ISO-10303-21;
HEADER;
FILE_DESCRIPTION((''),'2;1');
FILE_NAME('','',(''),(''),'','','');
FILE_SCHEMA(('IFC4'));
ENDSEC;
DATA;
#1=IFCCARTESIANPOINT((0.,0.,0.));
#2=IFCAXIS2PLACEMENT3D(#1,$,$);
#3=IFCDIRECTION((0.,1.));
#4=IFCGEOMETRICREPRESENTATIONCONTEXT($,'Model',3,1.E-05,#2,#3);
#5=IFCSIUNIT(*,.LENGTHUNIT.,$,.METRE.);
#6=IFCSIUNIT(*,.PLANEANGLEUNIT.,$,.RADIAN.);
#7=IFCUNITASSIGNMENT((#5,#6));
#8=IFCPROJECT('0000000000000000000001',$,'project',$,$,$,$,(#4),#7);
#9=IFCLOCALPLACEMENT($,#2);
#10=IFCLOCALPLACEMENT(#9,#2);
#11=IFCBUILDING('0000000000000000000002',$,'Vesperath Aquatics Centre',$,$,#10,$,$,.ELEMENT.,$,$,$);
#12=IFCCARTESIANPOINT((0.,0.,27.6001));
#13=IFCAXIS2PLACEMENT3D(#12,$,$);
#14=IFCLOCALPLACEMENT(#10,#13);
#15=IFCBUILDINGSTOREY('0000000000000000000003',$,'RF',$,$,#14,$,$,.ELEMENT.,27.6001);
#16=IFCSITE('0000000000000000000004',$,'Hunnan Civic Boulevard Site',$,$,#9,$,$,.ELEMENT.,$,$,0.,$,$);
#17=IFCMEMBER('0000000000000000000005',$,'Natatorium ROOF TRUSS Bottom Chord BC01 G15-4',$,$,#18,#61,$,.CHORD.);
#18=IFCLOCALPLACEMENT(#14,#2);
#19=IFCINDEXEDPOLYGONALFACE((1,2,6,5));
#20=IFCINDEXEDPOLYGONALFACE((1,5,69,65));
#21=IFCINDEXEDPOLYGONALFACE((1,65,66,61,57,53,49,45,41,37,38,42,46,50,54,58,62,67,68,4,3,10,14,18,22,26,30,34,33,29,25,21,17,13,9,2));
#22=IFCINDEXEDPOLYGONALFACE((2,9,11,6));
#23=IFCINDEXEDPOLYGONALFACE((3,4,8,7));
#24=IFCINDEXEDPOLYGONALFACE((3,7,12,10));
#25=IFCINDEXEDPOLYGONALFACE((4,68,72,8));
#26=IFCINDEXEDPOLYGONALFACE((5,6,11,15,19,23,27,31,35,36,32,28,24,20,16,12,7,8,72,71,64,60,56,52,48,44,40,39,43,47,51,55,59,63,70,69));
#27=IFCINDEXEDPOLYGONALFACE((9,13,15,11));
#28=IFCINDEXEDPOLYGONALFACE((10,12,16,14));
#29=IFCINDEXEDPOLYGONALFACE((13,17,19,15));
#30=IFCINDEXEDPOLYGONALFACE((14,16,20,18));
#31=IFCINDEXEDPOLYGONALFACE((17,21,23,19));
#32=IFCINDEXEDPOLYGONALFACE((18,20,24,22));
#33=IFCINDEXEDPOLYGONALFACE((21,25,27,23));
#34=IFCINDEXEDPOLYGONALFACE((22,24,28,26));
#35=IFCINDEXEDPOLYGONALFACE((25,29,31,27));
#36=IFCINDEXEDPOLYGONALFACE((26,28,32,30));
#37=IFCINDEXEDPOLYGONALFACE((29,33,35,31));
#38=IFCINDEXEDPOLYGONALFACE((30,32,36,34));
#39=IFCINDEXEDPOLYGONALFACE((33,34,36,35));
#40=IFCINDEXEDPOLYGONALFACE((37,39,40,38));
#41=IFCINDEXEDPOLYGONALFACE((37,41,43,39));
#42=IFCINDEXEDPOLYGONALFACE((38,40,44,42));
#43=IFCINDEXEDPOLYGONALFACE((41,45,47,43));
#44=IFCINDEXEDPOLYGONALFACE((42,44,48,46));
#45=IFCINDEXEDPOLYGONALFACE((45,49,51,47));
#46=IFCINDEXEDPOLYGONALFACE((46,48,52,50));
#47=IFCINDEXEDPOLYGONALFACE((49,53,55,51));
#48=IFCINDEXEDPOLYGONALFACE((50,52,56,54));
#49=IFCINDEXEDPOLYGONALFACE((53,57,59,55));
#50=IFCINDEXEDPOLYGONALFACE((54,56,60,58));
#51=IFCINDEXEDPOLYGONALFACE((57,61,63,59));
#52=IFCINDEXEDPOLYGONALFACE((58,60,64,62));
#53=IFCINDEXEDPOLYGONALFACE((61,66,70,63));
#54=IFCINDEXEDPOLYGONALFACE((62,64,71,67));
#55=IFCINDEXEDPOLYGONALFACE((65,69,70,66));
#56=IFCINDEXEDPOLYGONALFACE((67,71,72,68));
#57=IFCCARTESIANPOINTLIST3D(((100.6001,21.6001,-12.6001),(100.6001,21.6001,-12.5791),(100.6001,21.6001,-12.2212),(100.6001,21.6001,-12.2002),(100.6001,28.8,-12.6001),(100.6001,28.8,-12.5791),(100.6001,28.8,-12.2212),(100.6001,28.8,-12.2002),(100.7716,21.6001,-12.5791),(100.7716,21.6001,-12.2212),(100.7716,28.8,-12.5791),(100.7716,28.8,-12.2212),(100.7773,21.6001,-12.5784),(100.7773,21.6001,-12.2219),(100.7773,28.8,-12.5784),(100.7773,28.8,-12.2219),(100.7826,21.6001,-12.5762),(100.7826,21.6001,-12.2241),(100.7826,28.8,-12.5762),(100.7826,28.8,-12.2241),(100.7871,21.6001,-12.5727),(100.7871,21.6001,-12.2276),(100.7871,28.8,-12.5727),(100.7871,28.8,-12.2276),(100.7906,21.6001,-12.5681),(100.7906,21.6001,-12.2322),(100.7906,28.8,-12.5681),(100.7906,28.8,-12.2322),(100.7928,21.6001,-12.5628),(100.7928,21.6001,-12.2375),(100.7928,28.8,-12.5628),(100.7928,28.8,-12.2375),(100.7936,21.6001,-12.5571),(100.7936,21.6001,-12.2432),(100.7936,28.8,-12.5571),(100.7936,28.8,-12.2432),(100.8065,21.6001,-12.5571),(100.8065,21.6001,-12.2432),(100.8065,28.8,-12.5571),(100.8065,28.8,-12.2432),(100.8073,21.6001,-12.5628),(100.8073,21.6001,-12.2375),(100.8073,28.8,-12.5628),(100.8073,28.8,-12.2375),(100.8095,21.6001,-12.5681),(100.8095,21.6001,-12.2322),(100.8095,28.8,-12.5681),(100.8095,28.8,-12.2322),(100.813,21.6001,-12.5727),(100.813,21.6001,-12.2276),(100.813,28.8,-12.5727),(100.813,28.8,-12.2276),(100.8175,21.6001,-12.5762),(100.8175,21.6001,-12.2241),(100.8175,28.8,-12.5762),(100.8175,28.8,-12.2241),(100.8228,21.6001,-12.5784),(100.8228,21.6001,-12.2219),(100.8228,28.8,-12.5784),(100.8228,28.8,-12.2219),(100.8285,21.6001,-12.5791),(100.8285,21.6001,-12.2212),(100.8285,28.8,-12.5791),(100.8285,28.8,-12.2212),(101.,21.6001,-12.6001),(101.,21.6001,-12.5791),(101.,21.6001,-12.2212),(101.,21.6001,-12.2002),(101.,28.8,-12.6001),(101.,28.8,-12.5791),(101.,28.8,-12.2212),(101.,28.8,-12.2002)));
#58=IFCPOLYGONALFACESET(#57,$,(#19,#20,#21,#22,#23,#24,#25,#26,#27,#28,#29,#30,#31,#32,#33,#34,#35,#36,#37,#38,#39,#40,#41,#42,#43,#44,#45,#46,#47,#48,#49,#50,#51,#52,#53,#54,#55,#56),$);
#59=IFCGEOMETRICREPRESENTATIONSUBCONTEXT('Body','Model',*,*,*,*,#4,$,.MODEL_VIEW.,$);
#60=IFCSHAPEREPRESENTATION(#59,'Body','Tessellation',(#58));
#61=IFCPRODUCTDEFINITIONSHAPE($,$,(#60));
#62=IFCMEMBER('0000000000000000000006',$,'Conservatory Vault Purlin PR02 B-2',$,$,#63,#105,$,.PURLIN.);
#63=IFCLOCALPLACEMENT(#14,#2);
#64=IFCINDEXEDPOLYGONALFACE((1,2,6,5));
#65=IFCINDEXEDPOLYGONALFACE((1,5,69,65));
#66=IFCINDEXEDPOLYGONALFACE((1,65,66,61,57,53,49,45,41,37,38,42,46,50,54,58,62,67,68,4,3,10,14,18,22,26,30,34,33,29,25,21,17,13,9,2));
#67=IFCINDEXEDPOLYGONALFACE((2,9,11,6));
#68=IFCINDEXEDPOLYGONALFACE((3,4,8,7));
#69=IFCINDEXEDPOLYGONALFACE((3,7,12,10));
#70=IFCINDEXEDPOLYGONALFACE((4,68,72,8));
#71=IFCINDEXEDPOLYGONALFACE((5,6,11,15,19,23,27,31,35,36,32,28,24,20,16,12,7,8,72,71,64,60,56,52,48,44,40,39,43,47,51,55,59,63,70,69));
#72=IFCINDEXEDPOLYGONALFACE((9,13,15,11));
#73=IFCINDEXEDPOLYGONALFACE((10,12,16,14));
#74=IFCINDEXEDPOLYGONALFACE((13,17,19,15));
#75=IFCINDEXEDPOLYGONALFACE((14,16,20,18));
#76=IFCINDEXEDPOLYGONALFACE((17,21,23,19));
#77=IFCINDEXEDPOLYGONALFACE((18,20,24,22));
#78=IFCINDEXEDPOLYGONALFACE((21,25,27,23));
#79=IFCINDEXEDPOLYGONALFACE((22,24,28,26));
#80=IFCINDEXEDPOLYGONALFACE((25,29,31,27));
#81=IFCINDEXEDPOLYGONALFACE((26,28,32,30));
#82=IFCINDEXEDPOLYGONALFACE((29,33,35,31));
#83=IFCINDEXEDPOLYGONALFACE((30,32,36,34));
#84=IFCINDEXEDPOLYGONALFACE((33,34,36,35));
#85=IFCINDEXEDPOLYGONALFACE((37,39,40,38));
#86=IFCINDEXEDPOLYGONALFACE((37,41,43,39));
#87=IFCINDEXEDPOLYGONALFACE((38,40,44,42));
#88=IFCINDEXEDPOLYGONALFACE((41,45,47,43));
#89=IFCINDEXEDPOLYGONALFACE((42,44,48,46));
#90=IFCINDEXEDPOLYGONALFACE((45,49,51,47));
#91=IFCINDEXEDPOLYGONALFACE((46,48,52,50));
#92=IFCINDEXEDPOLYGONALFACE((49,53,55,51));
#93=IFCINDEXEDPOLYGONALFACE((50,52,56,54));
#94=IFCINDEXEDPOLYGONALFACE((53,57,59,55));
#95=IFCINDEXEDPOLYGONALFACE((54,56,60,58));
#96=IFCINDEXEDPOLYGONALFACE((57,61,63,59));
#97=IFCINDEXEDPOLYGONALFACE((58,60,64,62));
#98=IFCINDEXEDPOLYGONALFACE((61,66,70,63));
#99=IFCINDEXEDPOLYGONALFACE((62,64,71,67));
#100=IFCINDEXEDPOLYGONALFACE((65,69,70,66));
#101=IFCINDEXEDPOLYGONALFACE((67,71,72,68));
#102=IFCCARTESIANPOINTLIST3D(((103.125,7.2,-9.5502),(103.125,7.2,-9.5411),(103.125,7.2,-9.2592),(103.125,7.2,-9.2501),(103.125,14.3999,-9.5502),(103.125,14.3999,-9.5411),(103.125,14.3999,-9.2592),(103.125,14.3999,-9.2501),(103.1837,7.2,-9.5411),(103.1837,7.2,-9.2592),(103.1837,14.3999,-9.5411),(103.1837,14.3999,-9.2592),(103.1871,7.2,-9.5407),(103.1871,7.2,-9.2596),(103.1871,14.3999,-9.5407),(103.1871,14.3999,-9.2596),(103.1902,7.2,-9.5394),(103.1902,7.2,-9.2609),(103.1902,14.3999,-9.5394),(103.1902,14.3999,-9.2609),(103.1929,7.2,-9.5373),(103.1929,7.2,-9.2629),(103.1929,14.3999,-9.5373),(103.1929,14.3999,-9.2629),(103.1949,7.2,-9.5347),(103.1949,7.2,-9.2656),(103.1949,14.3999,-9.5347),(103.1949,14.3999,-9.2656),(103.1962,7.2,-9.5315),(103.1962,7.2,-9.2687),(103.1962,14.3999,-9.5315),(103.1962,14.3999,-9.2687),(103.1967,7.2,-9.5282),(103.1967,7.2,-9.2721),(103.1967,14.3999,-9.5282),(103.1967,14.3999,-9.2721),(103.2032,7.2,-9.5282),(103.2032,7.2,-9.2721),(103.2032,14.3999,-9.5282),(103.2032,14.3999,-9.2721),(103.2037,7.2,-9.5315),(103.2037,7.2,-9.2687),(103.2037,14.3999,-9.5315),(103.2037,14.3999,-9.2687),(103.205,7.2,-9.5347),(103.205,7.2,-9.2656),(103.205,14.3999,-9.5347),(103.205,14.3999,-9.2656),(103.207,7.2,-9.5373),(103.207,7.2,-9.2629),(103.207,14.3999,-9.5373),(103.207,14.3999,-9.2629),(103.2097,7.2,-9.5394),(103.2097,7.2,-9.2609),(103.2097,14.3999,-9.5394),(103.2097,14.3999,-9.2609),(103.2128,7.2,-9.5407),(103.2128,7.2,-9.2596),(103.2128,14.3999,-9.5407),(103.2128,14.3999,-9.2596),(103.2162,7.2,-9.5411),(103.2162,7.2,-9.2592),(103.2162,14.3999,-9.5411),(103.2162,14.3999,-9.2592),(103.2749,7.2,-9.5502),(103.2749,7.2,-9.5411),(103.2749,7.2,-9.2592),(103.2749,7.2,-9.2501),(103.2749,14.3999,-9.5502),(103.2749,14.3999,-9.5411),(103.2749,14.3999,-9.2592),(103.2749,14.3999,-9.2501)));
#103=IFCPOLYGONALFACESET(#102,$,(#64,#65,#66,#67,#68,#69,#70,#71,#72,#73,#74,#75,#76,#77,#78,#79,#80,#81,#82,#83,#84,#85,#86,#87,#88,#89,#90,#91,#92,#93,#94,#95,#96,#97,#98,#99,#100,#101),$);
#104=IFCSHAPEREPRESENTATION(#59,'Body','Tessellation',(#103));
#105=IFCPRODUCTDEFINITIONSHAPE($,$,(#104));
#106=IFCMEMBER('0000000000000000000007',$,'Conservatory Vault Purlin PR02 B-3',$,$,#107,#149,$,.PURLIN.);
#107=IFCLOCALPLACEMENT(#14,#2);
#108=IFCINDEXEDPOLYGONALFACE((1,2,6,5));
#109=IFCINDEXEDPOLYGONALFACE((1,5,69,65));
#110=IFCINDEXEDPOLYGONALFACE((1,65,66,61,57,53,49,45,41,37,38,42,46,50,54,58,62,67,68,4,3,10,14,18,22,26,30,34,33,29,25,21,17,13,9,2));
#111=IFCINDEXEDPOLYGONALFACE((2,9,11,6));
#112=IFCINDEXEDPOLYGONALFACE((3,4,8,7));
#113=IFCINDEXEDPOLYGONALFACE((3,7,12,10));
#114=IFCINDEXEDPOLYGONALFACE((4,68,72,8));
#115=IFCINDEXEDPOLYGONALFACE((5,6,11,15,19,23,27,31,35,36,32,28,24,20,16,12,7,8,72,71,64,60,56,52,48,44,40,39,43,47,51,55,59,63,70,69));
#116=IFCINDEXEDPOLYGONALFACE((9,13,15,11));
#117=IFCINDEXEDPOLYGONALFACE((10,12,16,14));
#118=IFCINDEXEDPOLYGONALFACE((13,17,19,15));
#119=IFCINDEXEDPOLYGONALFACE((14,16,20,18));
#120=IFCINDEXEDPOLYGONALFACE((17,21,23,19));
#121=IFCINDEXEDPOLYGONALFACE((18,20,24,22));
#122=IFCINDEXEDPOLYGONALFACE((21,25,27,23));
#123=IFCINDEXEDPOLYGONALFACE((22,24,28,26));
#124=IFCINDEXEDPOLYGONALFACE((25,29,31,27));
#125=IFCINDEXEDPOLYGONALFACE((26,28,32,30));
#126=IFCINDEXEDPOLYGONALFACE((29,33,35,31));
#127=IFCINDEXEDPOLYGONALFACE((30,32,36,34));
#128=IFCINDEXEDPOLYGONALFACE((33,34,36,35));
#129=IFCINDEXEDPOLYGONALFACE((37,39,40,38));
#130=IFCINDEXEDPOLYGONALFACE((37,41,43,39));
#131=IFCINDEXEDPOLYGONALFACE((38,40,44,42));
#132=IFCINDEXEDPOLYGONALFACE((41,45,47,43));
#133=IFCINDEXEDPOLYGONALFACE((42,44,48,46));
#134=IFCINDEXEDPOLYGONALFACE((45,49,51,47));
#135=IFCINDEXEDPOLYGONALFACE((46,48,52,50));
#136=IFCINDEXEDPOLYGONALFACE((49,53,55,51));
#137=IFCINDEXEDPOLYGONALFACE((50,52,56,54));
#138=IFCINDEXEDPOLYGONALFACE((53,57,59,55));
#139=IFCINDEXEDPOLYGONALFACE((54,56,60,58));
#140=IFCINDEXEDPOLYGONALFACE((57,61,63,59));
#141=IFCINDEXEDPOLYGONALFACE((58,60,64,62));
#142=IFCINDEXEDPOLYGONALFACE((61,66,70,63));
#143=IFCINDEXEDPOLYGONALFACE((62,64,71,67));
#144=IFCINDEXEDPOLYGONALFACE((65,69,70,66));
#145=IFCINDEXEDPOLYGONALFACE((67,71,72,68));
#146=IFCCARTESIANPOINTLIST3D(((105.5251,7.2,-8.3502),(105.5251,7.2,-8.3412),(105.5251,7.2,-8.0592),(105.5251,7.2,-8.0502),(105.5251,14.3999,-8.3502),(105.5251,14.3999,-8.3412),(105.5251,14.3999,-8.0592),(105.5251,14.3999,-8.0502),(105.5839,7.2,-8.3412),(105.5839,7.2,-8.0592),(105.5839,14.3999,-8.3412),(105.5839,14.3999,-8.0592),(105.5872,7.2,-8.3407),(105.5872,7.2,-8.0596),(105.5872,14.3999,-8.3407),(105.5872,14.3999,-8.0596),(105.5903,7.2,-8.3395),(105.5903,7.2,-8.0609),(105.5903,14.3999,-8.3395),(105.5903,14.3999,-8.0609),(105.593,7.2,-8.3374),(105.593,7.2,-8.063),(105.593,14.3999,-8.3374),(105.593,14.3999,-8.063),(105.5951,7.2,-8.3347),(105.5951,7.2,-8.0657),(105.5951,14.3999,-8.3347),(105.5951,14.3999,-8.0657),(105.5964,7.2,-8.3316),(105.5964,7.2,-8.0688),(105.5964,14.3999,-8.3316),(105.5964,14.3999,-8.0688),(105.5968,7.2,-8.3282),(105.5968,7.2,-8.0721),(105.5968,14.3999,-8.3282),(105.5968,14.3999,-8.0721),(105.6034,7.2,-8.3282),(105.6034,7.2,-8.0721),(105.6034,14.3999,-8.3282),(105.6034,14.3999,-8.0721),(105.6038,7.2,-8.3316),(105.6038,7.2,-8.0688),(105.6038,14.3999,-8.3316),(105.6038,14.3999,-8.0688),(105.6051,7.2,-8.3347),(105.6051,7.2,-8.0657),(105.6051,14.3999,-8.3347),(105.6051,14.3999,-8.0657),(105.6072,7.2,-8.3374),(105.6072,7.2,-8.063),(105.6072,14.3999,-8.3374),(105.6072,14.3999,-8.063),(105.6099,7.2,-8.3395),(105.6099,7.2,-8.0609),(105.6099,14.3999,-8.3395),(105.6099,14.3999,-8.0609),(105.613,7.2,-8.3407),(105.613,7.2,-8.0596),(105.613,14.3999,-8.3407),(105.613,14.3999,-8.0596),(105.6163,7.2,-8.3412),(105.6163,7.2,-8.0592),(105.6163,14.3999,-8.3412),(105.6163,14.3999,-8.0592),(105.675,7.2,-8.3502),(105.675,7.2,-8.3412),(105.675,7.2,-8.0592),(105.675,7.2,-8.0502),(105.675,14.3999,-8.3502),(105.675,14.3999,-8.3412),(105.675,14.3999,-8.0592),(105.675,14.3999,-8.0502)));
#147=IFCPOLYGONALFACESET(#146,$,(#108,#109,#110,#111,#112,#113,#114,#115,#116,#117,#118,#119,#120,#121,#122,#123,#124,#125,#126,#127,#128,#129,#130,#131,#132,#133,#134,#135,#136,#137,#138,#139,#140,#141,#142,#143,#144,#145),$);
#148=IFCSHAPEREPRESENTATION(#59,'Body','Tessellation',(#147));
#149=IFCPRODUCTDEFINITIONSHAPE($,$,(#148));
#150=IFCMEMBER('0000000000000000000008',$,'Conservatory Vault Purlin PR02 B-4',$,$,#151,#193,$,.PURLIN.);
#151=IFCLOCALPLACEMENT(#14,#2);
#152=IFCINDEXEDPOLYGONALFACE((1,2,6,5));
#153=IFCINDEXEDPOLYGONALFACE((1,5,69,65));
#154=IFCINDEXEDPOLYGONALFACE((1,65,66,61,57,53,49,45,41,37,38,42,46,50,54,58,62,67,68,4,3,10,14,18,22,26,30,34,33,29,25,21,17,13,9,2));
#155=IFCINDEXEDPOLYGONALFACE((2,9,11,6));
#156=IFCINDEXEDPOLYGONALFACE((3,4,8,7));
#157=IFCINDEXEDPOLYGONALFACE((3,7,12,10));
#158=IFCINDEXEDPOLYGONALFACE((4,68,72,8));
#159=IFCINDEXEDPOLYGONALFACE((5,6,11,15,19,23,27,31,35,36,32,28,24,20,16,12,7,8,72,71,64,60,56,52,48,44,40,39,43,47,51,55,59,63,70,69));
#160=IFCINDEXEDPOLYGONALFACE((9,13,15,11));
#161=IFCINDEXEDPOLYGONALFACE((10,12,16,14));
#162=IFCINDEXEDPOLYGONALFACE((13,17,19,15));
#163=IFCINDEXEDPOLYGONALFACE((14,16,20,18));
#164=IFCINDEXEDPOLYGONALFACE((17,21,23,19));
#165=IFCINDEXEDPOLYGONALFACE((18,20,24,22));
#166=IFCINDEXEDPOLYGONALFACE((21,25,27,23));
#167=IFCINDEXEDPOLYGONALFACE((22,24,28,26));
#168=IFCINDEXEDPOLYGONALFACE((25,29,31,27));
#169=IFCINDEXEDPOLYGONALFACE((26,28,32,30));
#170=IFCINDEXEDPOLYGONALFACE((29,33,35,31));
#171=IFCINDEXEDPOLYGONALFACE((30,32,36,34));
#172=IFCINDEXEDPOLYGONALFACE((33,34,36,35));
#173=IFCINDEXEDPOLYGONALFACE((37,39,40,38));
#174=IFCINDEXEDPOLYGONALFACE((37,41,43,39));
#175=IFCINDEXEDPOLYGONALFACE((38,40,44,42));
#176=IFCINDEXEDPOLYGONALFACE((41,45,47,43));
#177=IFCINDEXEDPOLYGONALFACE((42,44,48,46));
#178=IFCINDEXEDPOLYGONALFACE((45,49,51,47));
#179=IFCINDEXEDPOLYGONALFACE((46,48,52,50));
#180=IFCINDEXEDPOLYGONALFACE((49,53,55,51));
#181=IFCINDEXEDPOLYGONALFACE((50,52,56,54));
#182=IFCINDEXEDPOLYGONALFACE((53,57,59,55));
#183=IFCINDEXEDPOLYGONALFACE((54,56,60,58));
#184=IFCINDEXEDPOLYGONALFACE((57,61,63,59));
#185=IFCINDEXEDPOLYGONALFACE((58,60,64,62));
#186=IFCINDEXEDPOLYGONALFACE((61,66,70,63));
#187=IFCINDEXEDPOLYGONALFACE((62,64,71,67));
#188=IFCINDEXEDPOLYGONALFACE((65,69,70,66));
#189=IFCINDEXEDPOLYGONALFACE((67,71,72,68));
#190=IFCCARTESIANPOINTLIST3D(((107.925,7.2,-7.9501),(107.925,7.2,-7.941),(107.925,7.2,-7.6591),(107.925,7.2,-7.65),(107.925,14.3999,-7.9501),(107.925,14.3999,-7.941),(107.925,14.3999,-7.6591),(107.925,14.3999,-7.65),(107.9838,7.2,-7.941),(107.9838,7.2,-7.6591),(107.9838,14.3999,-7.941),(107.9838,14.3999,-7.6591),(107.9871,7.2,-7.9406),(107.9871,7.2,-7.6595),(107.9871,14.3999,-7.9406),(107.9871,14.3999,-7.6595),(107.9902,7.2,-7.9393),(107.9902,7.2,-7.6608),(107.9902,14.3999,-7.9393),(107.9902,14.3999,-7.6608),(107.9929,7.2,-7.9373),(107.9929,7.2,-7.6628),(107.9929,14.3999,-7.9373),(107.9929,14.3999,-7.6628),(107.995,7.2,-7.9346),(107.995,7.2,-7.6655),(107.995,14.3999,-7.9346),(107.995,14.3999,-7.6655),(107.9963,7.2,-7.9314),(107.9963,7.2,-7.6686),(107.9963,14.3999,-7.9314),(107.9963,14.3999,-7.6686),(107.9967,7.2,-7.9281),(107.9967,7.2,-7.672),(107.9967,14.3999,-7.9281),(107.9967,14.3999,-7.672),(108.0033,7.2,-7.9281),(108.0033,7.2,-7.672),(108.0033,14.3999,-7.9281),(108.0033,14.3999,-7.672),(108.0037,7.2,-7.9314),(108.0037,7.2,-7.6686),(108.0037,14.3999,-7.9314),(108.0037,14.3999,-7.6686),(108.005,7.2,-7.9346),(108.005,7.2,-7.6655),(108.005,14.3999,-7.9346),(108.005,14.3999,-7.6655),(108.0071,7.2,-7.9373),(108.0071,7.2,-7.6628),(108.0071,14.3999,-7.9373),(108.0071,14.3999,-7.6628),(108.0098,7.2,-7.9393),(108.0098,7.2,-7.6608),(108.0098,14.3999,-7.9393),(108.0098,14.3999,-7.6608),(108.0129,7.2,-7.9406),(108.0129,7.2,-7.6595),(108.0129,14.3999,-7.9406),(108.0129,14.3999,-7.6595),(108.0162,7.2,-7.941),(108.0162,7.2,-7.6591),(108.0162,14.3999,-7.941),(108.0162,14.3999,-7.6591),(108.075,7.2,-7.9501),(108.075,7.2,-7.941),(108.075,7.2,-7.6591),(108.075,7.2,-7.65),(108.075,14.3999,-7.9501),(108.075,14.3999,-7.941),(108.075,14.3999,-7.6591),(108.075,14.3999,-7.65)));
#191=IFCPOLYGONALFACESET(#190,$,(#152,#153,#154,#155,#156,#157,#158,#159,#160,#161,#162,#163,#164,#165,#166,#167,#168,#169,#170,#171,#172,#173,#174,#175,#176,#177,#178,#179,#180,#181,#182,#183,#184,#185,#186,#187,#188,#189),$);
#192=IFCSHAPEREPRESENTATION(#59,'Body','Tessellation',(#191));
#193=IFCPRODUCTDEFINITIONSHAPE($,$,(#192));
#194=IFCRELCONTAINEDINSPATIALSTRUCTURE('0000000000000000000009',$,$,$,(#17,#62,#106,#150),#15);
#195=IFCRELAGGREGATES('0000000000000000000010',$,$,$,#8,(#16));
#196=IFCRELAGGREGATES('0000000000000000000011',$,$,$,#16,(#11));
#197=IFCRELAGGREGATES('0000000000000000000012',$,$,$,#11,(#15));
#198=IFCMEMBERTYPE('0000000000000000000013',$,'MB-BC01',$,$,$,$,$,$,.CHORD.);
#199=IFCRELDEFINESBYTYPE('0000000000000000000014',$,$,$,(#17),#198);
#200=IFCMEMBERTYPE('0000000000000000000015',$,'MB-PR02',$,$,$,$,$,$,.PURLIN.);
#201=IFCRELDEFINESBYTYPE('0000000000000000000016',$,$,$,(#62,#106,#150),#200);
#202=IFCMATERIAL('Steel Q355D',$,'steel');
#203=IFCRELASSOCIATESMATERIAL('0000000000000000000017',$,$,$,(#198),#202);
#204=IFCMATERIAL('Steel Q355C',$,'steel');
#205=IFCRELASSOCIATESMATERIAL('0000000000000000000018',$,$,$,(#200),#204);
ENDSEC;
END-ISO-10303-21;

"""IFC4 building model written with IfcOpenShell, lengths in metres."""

from ifc_helpers import new_model, si_unit, direction, frame, origin, origin_2d, place, context, subcontext, project, spatial, i_section, extrude, material, material_profile, profile_set, type_object, element, save


model = new_model("IFC4")

# Units and contexts
model_context = context("Model", 3, precision=1e-05, world=origin(), true_north=direction((0.0, 1.0)))
body_context = subcontext(model_context, "Body", "Model", "MODEL_VIEW")
ifc_project = project(units=[si_unit("LENGTHUNIT", "METRE"), si_unit("PLANEANGLEUNIT", "RADIAN")], contexts=[model_context])

# Site, building, storey
site_placement = place(None, origin())
site = spatial("IfcSite", under=ifc_project, at=site_placement, Name="Hunnan Civic Boulevard Site", CompositionType="ELEMENT", RefElevation=0.0)
building_placement = place(site_placement, origin())
building = spatial("IfcBuilding", under=site, at=building_placement, Name="Vesperath Aquatics Centre", CompositionType="ELEMENT")
storey_placement = place(building_placement, frame((0.0, 0.0, 27.6001)))
storey = spatial("IfcBuildingStorey", under=building, at=storey_placement, Name="RF", CompositionType="ELEMENT", Elevation=27.6001)

# Members
ifc_material_1 = material(Name="Steel Q355D", Category="steel")
ifc_material_profile_1 = material_profile(ifc_material_1, i_section(OverallWidth=0.3999, OverallDepth=0.3999, WebThickness=0.0129, FlangeThickness=0.021, FilletRadius=0.022, at=origin_2d()), Name="HW 400x400x13x21")
ifc_profile_set_1 = profile_set([ifc_material_profile_1], Name="Steel Q355D")
member_type_1 = type_object("IfcMemberType", Name="MB-BC01", PredefinedType="CHORD", material=ifc_profile_set_1)
member_1_placement = place(storey_placement, frame((100.8, 21.6001, -12.4001), z_axis=(0.0, 1.0, 0.0), x_axis=(-1.0, 0.0, 0.0)))
element("IfcMember", 1, at=member_1_placement, inside=storey, type_object=member_type_1, Name="Natatorium ROOF TRUSS Bottom Chord BC01 G15-4", PredefinedType="CHORD", context=body_context, shape_type="SweptSolid", body=[
    extrude(i_section(OverallWidth=0.3999, OverallDepth=0.3999, WebThickness=0.0129, FlangeThickness=0.021, FilletRadius=0.022, at=origin_2d()), origin(), (0.0, 0.0, 1.0), 7.2),
])
ifc_material_2 = material(Name="Steel Q355C", Category="steel")
ifc_material_profile_2 = material_profile(ifc_material_2, i_section(OverallWidth=0.1499, OverallDepth=0.3, WebThickness=0.0066, FlangeThickness=0.009, FilletRadius=0.0129, at=origin_2d()), Name="HN 300x150x6.5x9")
ifc_profile_set_2 = profile_set([ifc_material_profile_2], Name="Steel Q355C")
member_type_2 = type_object("IfcMemberType", Name="MB-PR02", PredefinedType="PURLIN", material=ifc_profile_set_2)
for number, where, z_axis, x_axis, name in (
    (2, (103.2, 7.2, -9.4001), (0.0, 1.0, 0.0), (-1.0, 0.0, 0.0), "Conservatory Vault Purlin PR02 B-2"),
    (3, (105.6001, 7.2, -8.2002), (0.0, 1.0, 0.0), (-1.0, 0.0, 0.0), "Conservatory Vault Purlin PR02 B-3"),
    (4, (108.0, 7.2, -7.8), (0.0, 1.0, 0.0), (-1.0, 0.0, 0.0), "Conservatory Vault Purlin PR02 B-4"),
):
    element("IfcMember", number, at=place(storey_placement, frame(where, z_axis=z_axis, x_axis=x_axis)), inside=storey, type_object=member_type_2, Name=name, PredefinedType="PURLIN", context=body_context, shape_type="SweptSolid", body=[
        extrude(i_section(OverallWidth=0.1499, OverallDepth=0.3, WebThickness=0.0066, FlangeThickness=0.009, FilletRadius=0.0129, at=origin_2d()), origin(), (0.0, 0.0, 1.0), 7.2),
    ])

save(model, "model.ifc")
